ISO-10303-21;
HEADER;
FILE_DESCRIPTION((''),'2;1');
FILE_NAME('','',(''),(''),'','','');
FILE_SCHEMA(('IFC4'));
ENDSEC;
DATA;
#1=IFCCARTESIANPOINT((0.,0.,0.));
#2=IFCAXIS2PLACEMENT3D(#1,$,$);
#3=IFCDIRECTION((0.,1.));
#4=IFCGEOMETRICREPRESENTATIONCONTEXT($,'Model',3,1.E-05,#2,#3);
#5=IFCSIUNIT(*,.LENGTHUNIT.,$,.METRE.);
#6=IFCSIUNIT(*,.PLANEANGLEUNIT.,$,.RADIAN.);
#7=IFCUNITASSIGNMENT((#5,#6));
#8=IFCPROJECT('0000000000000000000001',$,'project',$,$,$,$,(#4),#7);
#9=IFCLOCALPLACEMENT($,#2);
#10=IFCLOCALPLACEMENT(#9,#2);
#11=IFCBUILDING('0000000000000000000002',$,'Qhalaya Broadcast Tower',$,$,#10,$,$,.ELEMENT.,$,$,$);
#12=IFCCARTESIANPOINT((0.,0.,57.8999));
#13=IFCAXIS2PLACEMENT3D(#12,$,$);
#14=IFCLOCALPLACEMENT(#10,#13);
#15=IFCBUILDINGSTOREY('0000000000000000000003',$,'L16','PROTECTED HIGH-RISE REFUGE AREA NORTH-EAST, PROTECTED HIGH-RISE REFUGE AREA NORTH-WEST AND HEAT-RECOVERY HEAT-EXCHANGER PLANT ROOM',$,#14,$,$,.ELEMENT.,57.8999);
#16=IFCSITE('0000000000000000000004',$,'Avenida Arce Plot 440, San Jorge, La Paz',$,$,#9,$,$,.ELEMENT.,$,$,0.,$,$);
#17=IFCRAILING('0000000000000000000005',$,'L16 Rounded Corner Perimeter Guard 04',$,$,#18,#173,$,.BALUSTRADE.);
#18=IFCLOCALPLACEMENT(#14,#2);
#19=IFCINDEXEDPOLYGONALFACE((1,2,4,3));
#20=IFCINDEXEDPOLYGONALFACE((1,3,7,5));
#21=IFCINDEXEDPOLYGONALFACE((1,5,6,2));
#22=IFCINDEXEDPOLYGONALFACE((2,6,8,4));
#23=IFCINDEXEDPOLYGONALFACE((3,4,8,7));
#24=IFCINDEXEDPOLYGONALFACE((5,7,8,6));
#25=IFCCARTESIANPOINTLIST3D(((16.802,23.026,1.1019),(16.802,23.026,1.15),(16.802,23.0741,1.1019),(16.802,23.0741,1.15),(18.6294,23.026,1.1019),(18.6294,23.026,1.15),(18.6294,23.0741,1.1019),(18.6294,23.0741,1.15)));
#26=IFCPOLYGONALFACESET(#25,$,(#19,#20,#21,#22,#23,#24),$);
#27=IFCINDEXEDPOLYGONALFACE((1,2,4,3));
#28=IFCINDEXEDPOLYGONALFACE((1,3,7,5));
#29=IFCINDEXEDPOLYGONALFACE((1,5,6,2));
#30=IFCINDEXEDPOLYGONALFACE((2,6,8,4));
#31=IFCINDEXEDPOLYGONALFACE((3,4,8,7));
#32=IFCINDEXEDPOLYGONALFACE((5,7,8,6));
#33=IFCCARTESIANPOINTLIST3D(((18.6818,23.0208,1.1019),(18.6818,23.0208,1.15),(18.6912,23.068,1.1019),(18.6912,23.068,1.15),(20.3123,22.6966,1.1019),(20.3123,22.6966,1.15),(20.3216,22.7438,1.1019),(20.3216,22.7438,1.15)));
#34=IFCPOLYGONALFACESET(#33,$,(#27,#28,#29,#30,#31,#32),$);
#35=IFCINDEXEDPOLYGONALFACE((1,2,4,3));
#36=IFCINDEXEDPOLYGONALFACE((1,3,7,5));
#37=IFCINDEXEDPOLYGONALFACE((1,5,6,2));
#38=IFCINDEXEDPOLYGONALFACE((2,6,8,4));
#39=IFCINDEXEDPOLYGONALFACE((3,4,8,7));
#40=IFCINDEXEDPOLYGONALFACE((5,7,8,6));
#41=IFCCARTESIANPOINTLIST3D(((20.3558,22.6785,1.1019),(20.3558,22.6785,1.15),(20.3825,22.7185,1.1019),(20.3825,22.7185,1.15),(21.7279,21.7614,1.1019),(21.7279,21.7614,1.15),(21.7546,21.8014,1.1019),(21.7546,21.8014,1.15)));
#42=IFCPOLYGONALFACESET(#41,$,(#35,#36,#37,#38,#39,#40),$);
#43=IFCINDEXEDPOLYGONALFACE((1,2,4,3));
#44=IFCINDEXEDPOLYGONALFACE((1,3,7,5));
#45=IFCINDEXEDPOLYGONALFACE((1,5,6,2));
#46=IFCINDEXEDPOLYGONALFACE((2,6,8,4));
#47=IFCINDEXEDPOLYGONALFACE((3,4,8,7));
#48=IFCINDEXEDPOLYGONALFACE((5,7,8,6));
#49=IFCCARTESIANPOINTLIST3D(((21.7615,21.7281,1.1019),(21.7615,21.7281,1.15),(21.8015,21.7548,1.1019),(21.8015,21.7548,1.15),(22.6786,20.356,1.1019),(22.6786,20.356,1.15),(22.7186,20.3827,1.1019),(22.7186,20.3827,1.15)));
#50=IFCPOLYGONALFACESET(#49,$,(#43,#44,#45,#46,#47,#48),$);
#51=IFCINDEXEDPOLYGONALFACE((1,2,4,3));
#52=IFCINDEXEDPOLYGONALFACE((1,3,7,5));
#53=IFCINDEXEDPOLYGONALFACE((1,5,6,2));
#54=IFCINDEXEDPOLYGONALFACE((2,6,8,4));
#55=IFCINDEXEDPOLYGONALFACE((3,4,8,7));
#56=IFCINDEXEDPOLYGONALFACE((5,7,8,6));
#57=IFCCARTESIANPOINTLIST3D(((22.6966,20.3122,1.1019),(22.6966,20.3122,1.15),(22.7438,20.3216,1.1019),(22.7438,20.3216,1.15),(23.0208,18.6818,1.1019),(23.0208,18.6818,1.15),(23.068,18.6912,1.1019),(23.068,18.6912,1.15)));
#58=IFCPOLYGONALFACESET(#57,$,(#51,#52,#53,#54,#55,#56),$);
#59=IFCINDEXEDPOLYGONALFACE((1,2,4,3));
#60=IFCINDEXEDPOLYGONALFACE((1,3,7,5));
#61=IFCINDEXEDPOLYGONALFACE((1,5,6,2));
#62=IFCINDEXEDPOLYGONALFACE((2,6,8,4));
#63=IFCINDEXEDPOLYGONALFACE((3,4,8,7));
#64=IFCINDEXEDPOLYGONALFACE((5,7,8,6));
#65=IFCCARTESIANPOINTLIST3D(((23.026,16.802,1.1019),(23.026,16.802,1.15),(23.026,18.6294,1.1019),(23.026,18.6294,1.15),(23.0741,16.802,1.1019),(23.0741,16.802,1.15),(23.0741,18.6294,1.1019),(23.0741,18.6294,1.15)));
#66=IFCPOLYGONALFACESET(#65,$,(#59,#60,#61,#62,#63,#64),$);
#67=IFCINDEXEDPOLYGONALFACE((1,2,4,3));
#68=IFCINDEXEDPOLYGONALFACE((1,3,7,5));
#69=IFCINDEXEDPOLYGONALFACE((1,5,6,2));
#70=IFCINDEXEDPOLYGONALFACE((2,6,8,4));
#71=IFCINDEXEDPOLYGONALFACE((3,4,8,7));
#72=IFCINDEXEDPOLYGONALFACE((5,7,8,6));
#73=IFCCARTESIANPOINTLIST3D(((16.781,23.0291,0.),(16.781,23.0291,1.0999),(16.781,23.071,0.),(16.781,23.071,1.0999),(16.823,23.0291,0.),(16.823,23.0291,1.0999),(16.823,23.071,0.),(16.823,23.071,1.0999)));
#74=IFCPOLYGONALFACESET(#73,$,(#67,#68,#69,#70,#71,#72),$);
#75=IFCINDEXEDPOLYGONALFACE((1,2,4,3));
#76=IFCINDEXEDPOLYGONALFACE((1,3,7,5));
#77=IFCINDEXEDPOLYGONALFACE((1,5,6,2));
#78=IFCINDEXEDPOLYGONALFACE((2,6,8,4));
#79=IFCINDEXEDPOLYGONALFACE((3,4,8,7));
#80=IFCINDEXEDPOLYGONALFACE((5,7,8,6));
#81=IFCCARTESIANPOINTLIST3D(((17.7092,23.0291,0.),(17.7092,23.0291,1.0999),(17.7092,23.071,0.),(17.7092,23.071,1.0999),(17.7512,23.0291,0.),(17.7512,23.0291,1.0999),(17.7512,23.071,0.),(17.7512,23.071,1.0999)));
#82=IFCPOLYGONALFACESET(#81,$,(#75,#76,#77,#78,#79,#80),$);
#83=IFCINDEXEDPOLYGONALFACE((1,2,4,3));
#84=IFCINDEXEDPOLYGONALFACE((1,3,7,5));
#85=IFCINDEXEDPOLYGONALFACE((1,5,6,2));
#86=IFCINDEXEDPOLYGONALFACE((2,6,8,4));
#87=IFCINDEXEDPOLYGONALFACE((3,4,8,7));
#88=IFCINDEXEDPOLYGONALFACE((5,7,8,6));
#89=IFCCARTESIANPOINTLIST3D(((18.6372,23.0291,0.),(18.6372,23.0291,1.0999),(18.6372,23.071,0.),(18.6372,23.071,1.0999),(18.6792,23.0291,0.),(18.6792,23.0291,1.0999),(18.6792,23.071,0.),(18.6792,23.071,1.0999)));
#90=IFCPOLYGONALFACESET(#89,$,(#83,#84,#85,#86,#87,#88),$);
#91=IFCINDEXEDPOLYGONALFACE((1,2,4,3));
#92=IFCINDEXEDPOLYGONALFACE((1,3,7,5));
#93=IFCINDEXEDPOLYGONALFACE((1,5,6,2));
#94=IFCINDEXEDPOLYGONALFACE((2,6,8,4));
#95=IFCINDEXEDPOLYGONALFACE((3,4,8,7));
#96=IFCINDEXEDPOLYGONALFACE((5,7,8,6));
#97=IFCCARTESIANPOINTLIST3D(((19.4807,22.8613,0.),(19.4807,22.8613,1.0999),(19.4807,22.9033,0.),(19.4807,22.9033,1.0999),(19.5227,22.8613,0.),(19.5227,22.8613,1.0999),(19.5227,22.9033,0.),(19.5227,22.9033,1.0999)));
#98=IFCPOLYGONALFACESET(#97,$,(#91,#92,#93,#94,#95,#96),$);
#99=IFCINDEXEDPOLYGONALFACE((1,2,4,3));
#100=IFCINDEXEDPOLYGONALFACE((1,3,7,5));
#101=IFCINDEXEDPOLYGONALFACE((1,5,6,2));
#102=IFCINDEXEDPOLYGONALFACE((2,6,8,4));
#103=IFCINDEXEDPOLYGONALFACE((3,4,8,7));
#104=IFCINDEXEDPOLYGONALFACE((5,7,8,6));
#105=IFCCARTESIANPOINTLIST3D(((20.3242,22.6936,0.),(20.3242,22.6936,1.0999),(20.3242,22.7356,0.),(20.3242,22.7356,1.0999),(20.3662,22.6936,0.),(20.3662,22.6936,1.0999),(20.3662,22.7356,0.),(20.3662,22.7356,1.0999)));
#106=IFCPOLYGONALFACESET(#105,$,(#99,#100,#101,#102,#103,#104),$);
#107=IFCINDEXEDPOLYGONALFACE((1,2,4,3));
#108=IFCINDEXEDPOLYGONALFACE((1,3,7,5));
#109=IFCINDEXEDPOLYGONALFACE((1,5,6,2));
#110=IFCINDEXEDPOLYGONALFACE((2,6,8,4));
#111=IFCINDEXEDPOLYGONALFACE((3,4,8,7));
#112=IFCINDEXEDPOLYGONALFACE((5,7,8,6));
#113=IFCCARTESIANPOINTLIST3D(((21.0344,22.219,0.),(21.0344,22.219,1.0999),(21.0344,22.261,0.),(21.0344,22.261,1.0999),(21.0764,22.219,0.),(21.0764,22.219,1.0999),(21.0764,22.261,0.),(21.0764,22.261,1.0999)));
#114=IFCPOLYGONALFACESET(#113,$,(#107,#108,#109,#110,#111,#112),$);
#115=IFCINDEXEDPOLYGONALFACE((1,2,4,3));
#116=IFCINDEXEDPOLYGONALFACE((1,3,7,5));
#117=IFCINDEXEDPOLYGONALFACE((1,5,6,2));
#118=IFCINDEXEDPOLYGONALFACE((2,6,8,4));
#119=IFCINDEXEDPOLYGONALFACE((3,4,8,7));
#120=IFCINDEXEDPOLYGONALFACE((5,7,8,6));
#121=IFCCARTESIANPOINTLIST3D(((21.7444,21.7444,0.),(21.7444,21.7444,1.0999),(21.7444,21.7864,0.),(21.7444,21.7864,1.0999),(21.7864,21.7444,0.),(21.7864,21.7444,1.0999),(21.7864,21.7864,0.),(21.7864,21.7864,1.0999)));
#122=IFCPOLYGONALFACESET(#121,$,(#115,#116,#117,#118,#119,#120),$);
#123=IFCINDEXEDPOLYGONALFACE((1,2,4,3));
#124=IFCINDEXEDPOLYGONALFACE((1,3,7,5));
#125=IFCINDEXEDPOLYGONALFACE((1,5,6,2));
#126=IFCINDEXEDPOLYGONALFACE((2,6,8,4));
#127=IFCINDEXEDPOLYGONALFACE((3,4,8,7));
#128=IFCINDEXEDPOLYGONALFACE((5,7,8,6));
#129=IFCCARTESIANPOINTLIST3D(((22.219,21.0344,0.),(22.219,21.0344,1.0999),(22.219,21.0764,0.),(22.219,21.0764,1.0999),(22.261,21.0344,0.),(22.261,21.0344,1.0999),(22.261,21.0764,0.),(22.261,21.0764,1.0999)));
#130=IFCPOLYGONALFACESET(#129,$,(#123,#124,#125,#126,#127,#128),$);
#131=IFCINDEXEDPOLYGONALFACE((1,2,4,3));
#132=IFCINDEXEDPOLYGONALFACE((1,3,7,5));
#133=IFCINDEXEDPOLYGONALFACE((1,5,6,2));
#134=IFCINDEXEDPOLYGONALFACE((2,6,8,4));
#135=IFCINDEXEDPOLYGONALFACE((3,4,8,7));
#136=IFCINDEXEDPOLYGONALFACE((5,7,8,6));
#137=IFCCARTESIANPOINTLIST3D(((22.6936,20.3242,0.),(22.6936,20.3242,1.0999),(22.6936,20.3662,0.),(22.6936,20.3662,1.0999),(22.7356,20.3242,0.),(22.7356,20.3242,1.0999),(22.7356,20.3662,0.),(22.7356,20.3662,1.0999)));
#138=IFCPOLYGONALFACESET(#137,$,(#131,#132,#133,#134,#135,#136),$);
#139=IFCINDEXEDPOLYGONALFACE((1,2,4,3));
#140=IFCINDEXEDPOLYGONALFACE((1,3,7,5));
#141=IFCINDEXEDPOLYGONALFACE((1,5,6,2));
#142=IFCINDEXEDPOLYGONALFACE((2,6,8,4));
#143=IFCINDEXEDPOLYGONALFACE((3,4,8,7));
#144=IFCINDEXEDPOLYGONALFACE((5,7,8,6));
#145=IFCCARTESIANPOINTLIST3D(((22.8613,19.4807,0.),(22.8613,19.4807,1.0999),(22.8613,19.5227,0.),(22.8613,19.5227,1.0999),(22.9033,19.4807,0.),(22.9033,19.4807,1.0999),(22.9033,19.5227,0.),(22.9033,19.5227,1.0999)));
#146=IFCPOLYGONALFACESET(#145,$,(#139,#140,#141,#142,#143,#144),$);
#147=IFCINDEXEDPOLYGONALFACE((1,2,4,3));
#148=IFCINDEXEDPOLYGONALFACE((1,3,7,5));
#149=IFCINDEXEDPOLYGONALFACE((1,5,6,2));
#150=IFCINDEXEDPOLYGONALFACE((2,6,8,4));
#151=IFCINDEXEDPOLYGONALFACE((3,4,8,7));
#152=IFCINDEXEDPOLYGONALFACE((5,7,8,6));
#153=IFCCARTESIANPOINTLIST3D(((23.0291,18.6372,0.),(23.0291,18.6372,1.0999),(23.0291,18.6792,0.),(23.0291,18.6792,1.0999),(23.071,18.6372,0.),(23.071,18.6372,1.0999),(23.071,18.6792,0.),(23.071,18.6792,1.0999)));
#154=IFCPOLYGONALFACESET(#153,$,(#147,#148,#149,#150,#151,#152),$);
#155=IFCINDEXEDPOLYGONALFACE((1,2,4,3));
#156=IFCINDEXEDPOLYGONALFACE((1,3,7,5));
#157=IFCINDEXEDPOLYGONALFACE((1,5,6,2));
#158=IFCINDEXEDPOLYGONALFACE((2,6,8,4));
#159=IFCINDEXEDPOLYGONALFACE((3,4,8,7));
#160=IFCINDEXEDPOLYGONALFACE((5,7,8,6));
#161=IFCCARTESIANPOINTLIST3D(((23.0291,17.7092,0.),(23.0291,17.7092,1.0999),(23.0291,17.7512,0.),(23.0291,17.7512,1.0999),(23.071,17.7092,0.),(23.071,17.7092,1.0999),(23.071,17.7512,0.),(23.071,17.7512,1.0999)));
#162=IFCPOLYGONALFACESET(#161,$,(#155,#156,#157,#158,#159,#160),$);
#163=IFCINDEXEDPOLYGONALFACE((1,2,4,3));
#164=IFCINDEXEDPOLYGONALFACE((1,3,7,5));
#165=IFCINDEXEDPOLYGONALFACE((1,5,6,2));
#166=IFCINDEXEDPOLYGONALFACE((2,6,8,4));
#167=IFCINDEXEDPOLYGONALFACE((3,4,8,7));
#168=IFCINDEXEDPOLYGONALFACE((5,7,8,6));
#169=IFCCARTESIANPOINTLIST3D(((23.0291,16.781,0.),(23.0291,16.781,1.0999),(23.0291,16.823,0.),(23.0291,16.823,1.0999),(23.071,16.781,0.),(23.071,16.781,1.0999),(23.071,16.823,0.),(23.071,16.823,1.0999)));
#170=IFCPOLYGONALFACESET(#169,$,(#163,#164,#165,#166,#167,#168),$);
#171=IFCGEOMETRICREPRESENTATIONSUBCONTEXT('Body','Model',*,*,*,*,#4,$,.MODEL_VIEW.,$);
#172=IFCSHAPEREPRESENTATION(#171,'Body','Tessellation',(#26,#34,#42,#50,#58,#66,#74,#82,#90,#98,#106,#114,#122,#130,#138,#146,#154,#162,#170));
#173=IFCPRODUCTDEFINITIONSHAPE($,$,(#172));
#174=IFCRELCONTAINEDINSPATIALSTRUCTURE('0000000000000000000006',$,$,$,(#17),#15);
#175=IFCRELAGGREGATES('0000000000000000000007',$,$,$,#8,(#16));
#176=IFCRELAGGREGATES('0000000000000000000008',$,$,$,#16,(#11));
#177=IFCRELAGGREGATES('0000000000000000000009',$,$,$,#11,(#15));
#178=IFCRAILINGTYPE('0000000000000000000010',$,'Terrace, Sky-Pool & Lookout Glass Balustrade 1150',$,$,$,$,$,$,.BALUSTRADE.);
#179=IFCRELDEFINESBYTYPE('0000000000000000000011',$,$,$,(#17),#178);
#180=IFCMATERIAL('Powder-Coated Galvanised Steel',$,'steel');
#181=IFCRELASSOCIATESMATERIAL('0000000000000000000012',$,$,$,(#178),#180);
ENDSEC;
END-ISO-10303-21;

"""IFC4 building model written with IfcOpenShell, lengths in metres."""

from ifc_helpers import new_model, si_unit, direction, frame, origin, origin_2d, place, context, subcontext, project, spatial, rectangle, extrude, material, type_object, element, save


model = new_model("IFC4")

# Units and contexts
model_context = context("Model", 3, precision=1e-05, world=origin(), true_north=direction((0.0, 1.0)))
body_context = subcontext(model_context, "Body", "Model", "MODEL_VIEW")
ifc_project = project(units=[si_unit("LENGTHUNIT", "METRE"), si_unit("PLANEANGLEUNIT", "RADIAN")], contexts=[model_context])

# Site, building, storey
site_placement = place(None, origin())
site = spatial("IfcSite", under=ifc_project, at=site_placement, Name="Avenida Arce Plot 440, San Jorge, La Paz", CompositionType="ELEMENT", RefElevation=0.0)
building_placement = place(site_placement, origin())
building = spatial("IfcBuilding", under=site, at=building_placement, Name="Qhalaya Broadcast Tower", CompositionType="ELEMENT")
storey_placement = place(building_placement, frame((0.0, 0.0, 57.8999)))
storey = spatial("IfcBuildingStorey", under=building, at=storey_placement, Name="L16", Description="PROTECTED HIGH-RISE REFUGE AREA NORTH-EAST, PROTECTED HIGH-RISE REFUGE AREA NORTH-WEST AND HEAT-RECOVERY HEAT-EXCHANGER PLANT ROOM", CompositionType="ELEMENT", Elevation=57.8999)

# Railing
ifc_material_1 = material(Name="Powder-Coated Galvanised Steel", Category="steel")
railing_type = type_object("IfcRailingType", Name="Terrace, Sky-Pool & Lookout Glass Balustrade 1150", PredefinedType="BALUSTRADE", material=ifc_material_1)
railing_1_placement = place(storey_placement, frame((16.802, 23.05, 0.0)))
element("IfcRailing", 1, at=railing_1_placement, inside=storey, type_object=railing_type, Name="L16 Rounded Corner Perimeter Guard 04", PredefinedType="BALUSTRADE", context=body_context, shape_type="SweptSolid", body=[
    extrude(rectangle(XDim=0.0481, YDim=0.0481, at=origin_2d()), frame((0.0, 0.0, 1.126), z_axis=(1.0, 0.0, 0.0), x_axis=(0.0, 1.0, 0.0)), (0.0, 0.0, 1.0), 1.8274),
    extrude(rectangle(XDim=0.0481, YDim=0.0481, at=origin_2d()), frame((1.8845, -0.0056, 1.126), z_axis=(0.980798, -0.195024, 0.0), x_axis=(0.195024, 0.980798, 0.0)), (0.0, 0.0, 1.0), 1.6624),
    extrude(rectangle(XDim=0.0481, YDim=0.0481, at=origin_2d()), frame((3.5671, -0.3516, 1.126), z_axis=(0.83139, -0.555689, 0.0), x_axis=(0.555689, 0.83139, 0.0)), (0.0, 0.0, 1.0), 1.6504),
    extrude(rectangle(XDim=0.0481, YDim=0.0481, at=origin_2d()), frame((4.9795, -1.3086, 1.126), z_axis=(0.555689, -0.83139, 0.0), x_axis=(0.83139, 0.555689, 0.0)), (0.0, 0.0, 1.0), 1.6504),
    extrude(rectangle(XDim=0.0481, YDim=0.0481, at=origin_2d()), frame((5.9182, -2.7332, 1.126), z_axis=(0.195024, -0.980798, 0.0), x_axis=(0.980798, 0.195024, 0.0)), (0.0, 0.0, 1.0), 1.6624),
    extrude(rectangle(XDim=0.0481, YDim=0.0481, at=origin_2d()), frame((6.248, -4.4207, 1.126), z_axis=(0.0, -1.0, 0.0), x_axis=(1.0, 0.0, 0.0)), (0.0, 0.0, 1.0), 1.8274),
    extrude(rectangle(XDim=0.042, YDim=0.042, at=origin_2d()), origin(), (0.0, 0.0, 1.0), 1.0999),
    extrude(rectangle(XDim=0.042, YDim=0.042, at=origin_2d()), frame((0.9282, 0.0, 0.0)), (0.0, 0.0, 1.0), 1.0999),
    extrude(rectangle(XDim=0.042, YDim=0.042, at=origin_2d()), frame((1.8562, 0.0, 0.0)), (0.0, 0.0, 1.0), 1.0999),
    extrude(rectangle(XDim=0.042, YDim=0.042, at=origin_2d()), frame((2.6997, -0.1677, 0.0)), (0.0, 0.0, 1.0), 1.0999),
    extrude(rectangle(XDim=0.042, YDim=0.042, at=origin_2d()), frame((3.5432, -0.3354, 0.0)), (0.0, 0.0, 1.0), 1.0999),
    extrude(rectangle(XDim=0.042, YDim=0.042, at=origin_2d()), frame((4.2534, -0.8101, 0.0)), (0.0, 0.0, 1.0), 1.0999),
    extrude(rectangle(XDim=0.042, YDim=0.042, at=origin_2d()), frame((4.9634, -1.2847, 0.0)), (0.0, 0.0, 1.0), 1.0999),
    extrude(rectangle(XDim=0.042, YDim=0.042, at=origin_2d()), frame((5.438, -1.9946, 0.0)), (0.0, 0.0, 1.0), 1.0999),
    extrude(rectangle(XDim=0.042, YDim=0.042, at=origin_2d()), frame((5.9126, -2.7048, 0.0)), (0.0, 0.0, 1.0), 1.0999),
    extrude(rectangle(XDim=0.042, YDim=0.042, at=origin_2d()), frame((6.0803, -3.5483, 0.0)), (0.0, 0.0, 1.0), 1.0999),
    extrude(rectangle(XDim=0.042, YDim=0.042, at=origin_2d()), frame((6.248, -4.3918, 0.0)), (0.0, 0.0, 1.0), 1.0999),
    extrude(rectangle(XDim=0.042, YDim=0.042, at=origin_2d()), frame((6.248, -5.3198, 0.0)), (0.0, 0.0, 1.0), 1.0999),
    extrude(rectangle(XDim=0.042, YDim=0.042, at=origin_2d()), frame((6.248, -6.248, 0.0)), (0.0, 0.0, 1.0), 1.0999),
])

save(model, "model.ifc")
